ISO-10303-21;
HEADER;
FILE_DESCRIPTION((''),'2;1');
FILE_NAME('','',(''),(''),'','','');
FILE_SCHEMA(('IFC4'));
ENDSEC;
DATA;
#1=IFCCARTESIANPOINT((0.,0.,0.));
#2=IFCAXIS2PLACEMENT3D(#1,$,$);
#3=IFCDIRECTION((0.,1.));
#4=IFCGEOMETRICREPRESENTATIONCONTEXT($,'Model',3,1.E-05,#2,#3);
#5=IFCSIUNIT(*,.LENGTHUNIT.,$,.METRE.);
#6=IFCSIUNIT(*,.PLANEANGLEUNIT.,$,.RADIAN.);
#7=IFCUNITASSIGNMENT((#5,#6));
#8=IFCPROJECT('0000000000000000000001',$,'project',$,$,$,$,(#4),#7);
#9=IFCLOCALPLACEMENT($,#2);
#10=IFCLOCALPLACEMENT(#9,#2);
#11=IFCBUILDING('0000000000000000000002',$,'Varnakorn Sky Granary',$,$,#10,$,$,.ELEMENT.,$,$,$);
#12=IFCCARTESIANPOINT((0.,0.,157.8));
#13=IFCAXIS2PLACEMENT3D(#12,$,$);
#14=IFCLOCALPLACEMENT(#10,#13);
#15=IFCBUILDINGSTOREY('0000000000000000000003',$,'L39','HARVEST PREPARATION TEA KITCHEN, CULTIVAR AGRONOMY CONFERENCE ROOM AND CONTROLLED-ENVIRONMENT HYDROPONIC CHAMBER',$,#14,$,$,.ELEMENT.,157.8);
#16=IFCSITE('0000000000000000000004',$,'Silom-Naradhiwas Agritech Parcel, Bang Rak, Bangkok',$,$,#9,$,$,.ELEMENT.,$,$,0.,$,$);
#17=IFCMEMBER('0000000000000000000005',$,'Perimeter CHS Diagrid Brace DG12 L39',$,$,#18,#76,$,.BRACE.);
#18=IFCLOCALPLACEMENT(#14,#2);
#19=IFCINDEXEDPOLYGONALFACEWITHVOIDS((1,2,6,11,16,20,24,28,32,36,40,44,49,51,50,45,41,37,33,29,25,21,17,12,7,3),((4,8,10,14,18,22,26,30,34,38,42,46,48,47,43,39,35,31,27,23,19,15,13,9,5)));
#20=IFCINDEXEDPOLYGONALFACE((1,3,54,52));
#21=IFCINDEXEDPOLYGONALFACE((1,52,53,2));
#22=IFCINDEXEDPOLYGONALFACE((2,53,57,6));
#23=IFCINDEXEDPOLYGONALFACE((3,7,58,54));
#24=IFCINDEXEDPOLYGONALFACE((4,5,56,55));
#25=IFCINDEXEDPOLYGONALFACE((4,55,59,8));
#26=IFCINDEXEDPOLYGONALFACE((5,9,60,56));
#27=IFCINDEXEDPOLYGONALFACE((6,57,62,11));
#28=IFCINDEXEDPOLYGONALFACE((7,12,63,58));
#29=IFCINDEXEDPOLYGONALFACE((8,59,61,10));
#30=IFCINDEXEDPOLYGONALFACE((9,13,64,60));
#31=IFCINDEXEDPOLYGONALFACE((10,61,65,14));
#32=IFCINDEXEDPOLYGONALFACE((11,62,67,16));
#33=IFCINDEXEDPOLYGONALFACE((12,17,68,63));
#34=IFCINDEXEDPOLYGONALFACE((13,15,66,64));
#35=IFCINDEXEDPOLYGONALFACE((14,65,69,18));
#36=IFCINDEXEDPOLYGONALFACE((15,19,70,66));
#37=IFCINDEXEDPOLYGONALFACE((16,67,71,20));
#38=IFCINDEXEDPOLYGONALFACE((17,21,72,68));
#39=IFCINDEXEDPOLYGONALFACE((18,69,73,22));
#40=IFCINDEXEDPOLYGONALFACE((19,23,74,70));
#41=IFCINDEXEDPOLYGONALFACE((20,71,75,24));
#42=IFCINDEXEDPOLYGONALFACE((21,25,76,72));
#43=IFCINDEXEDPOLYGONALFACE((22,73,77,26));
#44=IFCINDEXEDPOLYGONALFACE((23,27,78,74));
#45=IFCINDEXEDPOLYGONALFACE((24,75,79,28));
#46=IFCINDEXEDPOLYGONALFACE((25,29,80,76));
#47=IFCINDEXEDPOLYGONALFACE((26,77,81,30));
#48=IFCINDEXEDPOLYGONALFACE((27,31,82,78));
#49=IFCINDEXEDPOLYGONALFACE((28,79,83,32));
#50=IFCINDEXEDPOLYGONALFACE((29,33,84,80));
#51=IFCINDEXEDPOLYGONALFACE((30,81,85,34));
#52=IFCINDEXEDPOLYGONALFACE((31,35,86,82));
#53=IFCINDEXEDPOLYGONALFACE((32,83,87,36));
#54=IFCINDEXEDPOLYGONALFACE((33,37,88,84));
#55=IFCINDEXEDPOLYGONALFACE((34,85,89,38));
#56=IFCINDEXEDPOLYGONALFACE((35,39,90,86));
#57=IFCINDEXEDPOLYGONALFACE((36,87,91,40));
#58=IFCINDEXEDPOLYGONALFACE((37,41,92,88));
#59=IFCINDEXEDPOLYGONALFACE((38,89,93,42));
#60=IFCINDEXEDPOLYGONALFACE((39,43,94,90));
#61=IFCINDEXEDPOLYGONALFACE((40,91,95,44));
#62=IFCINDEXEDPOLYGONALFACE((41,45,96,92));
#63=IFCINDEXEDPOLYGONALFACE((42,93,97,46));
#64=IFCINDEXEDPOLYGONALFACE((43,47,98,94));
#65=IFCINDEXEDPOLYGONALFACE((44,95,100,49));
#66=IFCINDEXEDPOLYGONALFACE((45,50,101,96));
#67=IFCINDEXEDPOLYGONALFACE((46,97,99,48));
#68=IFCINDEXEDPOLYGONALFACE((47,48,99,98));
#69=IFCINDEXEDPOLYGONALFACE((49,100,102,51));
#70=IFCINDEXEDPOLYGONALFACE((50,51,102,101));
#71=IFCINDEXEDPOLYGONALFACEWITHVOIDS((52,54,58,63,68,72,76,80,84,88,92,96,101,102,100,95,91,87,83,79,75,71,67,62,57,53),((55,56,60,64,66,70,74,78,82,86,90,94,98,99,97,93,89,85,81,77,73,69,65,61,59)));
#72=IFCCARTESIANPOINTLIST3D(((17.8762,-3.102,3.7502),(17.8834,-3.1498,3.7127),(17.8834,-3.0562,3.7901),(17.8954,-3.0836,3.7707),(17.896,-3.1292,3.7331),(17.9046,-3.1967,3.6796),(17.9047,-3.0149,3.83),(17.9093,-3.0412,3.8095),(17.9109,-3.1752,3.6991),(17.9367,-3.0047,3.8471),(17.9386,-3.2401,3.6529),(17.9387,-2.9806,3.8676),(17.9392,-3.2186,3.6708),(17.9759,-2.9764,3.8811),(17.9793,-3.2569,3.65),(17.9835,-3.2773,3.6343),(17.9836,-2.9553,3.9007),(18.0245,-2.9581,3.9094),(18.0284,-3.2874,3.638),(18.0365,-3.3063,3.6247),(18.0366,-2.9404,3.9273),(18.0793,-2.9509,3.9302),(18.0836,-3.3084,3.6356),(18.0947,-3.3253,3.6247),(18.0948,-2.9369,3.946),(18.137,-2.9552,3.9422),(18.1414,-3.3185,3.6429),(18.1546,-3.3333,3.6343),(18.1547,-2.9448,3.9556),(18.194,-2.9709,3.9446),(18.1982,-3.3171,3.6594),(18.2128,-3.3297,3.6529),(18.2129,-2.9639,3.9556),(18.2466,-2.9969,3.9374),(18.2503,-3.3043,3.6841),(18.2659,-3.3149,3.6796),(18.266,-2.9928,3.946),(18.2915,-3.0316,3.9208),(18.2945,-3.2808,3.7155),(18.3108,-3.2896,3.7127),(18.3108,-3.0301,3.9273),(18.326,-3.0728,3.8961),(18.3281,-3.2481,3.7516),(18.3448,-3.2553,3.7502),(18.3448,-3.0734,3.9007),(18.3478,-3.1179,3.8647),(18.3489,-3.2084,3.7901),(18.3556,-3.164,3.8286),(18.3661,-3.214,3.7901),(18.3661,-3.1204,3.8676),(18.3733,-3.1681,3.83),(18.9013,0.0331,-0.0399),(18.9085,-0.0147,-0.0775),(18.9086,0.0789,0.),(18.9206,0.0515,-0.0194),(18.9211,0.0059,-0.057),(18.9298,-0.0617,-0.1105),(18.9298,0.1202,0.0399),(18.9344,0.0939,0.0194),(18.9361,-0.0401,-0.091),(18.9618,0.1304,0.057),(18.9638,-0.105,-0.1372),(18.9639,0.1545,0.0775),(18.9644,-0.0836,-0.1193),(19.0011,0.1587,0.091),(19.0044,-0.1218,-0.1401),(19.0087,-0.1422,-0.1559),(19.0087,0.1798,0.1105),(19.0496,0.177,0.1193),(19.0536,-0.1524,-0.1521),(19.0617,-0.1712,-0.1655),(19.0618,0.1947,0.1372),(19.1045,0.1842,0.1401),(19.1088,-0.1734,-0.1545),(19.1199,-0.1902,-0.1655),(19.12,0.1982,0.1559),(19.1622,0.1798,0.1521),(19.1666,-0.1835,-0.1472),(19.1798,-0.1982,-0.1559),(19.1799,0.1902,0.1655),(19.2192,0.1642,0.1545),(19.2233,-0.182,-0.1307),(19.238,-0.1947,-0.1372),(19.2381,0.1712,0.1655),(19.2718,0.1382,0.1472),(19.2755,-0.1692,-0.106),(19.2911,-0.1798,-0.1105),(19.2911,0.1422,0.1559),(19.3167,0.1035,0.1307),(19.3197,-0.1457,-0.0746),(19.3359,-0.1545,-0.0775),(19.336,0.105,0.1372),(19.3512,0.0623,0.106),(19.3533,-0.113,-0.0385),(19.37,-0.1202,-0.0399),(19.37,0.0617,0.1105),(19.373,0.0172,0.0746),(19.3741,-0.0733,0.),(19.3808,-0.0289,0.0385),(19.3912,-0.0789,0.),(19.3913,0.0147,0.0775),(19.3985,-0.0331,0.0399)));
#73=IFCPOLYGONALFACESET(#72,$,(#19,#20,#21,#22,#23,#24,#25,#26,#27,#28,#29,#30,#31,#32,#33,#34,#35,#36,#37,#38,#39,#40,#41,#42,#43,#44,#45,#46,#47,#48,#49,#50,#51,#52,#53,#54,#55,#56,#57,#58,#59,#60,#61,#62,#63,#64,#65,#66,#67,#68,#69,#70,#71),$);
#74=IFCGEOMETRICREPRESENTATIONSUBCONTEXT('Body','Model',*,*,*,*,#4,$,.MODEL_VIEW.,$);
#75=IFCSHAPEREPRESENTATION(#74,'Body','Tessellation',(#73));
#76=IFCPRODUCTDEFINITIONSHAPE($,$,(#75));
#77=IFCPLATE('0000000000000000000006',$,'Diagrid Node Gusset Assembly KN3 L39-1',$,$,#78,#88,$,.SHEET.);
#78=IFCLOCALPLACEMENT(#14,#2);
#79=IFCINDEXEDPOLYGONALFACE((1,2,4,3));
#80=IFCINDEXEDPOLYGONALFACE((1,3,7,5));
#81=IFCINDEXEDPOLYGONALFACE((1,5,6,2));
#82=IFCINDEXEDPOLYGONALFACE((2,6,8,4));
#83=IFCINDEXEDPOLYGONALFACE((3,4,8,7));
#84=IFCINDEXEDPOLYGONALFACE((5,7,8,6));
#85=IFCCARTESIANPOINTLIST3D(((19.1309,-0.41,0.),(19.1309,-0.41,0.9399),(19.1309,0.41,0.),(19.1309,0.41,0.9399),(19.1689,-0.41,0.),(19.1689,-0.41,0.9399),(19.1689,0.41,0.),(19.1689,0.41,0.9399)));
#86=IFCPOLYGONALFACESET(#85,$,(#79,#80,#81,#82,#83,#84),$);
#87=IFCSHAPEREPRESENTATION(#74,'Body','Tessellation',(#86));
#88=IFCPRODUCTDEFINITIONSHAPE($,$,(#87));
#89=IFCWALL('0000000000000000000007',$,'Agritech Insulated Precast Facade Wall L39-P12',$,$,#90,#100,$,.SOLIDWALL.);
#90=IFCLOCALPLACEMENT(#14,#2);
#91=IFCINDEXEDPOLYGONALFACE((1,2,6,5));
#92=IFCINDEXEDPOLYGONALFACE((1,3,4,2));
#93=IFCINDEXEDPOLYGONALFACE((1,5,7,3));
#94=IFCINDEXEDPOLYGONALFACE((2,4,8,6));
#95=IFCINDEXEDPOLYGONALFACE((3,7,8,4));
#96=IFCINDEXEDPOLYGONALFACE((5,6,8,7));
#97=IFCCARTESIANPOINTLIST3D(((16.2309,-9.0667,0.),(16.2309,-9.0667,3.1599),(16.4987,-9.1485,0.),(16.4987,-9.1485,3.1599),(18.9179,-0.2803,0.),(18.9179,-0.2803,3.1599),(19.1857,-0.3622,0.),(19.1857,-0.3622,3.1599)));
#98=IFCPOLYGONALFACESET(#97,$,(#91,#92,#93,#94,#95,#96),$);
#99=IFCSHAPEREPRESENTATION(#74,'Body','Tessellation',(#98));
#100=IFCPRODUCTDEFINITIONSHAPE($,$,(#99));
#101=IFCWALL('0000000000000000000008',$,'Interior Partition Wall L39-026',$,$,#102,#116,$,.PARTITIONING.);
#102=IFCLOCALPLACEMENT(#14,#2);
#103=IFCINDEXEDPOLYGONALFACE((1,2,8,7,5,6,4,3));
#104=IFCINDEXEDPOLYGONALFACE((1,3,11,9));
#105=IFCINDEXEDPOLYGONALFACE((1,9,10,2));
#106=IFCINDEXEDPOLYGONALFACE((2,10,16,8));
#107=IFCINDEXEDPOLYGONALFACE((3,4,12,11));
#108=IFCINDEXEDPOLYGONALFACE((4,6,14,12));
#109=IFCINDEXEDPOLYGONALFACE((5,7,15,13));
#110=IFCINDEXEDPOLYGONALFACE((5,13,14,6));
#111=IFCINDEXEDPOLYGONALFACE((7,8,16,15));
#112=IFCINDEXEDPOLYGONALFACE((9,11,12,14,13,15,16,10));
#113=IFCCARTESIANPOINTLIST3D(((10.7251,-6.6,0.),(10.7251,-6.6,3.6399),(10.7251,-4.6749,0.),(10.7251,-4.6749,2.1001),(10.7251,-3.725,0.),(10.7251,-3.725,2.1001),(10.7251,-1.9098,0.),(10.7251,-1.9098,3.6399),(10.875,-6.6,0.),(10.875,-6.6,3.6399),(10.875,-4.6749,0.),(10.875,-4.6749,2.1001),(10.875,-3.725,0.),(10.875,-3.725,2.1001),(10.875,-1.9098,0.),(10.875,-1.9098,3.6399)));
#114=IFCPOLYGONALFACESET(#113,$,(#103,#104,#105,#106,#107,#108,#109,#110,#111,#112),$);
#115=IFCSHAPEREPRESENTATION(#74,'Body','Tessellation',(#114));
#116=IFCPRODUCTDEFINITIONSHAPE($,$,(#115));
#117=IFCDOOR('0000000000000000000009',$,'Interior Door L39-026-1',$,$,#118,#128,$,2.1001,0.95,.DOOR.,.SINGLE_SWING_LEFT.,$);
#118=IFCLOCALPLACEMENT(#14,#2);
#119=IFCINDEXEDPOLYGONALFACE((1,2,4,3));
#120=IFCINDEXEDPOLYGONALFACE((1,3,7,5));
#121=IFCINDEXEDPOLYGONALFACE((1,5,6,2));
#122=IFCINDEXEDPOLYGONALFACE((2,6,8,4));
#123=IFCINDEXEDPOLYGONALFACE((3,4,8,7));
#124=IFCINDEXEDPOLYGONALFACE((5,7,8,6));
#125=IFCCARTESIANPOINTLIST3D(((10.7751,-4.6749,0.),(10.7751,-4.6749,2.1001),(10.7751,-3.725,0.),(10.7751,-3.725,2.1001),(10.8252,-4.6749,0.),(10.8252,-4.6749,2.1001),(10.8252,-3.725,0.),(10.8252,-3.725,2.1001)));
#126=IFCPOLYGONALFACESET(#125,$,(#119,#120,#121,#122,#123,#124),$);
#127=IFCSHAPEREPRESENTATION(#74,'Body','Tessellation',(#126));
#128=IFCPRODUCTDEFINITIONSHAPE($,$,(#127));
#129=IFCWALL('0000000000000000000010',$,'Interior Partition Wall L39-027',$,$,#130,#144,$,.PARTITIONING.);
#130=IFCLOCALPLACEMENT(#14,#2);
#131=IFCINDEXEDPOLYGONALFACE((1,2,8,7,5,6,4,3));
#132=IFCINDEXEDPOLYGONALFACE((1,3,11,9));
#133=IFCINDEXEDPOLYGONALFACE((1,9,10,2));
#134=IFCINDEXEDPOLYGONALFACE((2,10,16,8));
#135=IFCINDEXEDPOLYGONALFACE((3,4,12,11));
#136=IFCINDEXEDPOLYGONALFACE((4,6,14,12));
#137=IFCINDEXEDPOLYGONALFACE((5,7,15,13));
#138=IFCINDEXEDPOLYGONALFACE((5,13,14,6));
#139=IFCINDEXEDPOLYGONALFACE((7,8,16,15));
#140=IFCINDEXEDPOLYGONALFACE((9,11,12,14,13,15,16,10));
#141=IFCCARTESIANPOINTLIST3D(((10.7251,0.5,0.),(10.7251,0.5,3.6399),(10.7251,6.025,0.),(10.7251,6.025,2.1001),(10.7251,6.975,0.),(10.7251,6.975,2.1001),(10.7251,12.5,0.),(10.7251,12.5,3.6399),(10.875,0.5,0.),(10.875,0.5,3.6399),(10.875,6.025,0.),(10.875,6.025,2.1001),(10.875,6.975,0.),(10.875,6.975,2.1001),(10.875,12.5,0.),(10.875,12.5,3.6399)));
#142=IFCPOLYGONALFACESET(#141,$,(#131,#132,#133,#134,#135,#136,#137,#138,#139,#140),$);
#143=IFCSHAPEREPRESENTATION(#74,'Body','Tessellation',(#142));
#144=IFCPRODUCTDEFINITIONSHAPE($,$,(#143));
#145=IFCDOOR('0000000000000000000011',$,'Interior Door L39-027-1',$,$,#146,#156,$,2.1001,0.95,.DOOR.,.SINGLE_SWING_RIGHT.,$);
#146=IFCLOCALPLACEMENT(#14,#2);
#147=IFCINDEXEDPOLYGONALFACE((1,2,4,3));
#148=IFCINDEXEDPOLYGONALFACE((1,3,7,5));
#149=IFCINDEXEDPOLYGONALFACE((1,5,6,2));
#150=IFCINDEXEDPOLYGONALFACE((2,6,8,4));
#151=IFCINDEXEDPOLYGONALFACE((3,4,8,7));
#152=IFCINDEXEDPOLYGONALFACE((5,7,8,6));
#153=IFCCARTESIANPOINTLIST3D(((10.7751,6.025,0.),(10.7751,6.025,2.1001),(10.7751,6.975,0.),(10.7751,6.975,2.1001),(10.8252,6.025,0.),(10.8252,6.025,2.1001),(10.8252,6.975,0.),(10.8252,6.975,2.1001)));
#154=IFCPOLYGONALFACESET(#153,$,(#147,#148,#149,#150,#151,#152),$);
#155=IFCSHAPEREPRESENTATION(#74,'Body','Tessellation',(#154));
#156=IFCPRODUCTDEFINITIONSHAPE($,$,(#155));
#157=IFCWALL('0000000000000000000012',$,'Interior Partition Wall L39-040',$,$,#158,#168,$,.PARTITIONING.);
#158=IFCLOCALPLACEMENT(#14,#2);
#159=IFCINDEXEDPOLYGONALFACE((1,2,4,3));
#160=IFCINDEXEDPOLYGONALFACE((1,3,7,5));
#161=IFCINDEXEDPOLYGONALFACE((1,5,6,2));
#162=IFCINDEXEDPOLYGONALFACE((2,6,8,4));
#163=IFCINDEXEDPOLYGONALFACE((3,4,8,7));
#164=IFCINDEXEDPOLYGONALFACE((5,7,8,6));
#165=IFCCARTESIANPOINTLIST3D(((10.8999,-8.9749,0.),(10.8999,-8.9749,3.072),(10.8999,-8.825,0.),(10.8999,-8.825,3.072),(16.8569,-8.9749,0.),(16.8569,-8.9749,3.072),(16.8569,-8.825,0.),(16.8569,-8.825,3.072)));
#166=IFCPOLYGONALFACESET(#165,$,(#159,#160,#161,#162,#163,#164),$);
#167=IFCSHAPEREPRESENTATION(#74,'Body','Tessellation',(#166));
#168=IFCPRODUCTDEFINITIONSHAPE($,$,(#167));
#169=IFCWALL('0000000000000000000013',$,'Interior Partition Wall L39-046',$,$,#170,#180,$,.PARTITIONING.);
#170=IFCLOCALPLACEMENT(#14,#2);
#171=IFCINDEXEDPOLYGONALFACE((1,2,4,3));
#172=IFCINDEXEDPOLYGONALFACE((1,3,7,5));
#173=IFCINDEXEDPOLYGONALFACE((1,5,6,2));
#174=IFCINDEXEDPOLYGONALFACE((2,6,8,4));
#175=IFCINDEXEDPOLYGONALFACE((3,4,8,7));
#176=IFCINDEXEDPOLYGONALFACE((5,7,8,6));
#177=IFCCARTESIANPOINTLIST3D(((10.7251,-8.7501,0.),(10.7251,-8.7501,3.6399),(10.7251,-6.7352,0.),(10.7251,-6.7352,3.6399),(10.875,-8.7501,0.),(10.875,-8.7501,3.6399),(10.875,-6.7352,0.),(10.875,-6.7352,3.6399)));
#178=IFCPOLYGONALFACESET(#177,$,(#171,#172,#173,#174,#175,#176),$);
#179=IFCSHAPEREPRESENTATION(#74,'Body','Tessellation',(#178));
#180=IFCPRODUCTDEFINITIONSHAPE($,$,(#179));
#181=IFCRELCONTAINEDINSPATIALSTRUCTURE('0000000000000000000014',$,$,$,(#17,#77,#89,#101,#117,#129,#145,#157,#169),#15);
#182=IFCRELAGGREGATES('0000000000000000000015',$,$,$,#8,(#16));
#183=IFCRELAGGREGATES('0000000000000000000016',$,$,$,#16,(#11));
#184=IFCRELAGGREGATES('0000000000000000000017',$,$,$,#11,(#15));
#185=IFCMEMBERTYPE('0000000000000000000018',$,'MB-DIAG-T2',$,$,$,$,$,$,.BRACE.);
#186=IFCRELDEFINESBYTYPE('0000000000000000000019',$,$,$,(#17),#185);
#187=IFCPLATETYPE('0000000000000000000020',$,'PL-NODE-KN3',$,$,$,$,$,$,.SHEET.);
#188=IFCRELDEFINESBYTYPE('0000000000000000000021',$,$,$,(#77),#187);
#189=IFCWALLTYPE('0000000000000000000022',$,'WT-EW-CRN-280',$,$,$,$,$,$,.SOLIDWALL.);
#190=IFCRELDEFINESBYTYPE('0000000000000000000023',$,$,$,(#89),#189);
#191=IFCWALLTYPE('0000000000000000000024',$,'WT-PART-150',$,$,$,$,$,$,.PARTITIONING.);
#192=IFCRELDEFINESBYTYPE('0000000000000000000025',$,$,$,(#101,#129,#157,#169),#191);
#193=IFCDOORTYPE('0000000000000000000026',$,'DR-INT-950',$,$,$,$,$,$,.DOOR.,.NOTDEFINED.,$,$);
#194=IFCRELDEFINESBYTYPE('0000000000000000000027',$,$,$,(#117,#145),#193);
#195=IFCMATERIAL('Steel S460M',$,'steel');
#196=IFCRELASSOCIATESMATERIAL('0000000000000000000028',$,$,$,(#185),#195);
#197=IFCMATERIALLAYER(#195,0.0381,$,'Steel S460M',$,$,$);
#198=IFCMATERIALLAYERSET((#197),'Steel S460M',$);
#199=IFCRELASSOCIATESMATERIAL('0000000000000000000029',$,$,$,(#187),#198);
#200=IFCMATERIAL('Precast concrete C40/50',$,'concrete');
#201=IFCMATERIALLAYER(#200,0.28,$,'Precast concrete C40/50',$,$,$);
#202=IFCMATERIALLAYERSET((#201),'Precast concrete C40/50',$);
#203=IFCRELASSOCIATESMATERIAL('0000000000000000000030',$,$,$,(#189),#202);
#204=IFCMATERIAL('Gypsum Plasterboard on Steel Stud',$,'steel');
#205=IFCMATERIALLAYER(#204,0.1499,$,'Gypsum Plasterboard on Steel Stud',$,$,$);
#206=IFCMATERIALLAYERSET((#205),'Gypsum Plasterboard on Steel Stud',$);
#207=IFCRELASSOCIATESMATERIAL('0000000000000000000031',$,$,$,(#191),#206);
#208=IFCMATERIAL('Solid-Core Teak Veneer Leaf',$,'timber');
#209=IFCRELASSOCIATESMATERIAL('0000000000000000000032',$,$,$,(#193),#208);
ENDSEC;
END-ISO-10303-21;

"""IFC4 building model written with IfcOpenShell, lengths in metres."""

from ifc_helpers import new_model, si_unit, direction, frame, frame_2d, origin, origin_2d, place, context, subcontext, project, spatial, rectangle, hollow_circle, extrude, material, layer, layer_set, material_profile, profile_set, type_object, element, fill, save


model = new_model("IFC4")

# Units and contexts
model_context = context("Model", 3, precision=1e-05, world=origin(), true_north=direction((0.0, 1.0)))
body_context = subcontext(model_context, "Body", "Model", "MODEL_VIEW")
ifc_project = project(units=[si_unit("LENGTHUNIT", "METRE"), si_unit("PLANEANGLEUNIT", "RADIAN")], contexts=[model_context])

# Site, building, storey
site_placement = place(None, origin())
site = spatial("IfcSite", under=ifc_project, at=site_placement, Name="Silom-Naradhiwas Agritech Parcel, Bang Rak, Bangkok", CompositionType="ELEMENT", RefElevation=0.0)
building_placement = place(site_placement, origin())
building = spatial("IfcBuilding", under=site, at=building_placement, Name="Varnakorn Sky Granary", CompositionType="ELEMENT")
storey_placement = place(building_placement, frame((0.0, 0.0, 157.8)))
storey = spatial("IfcBuildingStorey", under=building, at=storey_placement, Name="L39", Description="HARVEST PREPARATION TEA KITCHEN, CULTIVAR AGRONOMY CONFERENCE ROOM AND CONTROLLED-ENVIRONMENT HYDROPONIC CHAMBER", CompositionType="ELEMENT", Elevation=157.8)

# Shared definitions
ifc_material_1 = material(Name="Steel S460M", Category="steel")

# Member
ifc_material_profile_1 = material_profile(ifc_material_1, hollow_circle(Radius=0.2539, WallThickness=0.0181, at=origin_2d()), Name="CHS 508x18")
ifc_profile_set_1 = profile_set([ifc_material_profile_1], Name="Steel S460M")
member_type_1 = type_object("IfcMemberType", Name="MB-DIAG-T2", PredefinedType="BRACE", material=ifc_profile_set_1)
for number, where, z_axis, x_axis, name in (
    (1, (19.1499, 0.0, 0.0), (-0.204038, -0.623969, 0.754341), (0.950474, -0.310804, 0.0), "Perimeter CHS Diagrid Brace DG12 L39"),
):
    element("IfcMember", number, at=place(storey_placement, frame(where, z_axis=z_axis, x_axis=x_axis)), inside=storey, type_object=member_type_1, Name=name, PredefinedType="BRACE", context=body_context, shape_type="SweptSolid", body=[
        extrude(hollow_circle(Radius=0.2539, WallThickness=0.0181, at=origin_2d()), origin(), (0.0, 0.0, 1.0), 5.0244),
    ])

# Plate
ifc_layer_1 = layer(ifc_material_1, 0.0381, Name="Steel S460M")
ifc_layer_set_1 = layer_set([ifc_layer_1], Name="Steel S460M")
plate_type = type_object("IfcPlateType", Name="PL-NODE-KN3", PredefinedType="SHEET", material=ifc_layer_set_1)
plate_placement = place(storey_placement, frame((19.1499, 0.0, 0.0), z_axis=(0.0, 0.0, 1.0), x_axis=(0.0, 1.0, 0.0)))
element("IfcPlate", 2, at=plate_placement, inside=storey, type_object=plate_type, Name="Diagrid Node Gusset Assembly KN3 L39-1", PredefinedType="SHEET", context=body_context, shape_type="SweptSolid", body=[
    extrude(rectangle(XDim=0.8201, YDim=0.0381, at=origin_2d()), origin(), (0.0, 0.0, 1.0), 0.9399),
])

# Wall
ifc_material_2 = material(Name="Precast concrete C40/50", Category="concrete")
ifc_layer_2 = layer(ifc_material_2, 0.28, Name="Precast concrete C40/50")
ifc_layer_set_2 = layer_set([ifc_layer_2], Name="Precast concrete C40/50")
wall_type_1 = type_object("IfcWallType", Name="WT-EW-CRN-280", PredefinedType="SOLIDWALL", material=ifc_layer_set_2)
wall_1_placement = place(storey_placement, frame((19.0518, -0.3213, 0.0), z_axis=(0.0, 0.0, 1.0), x_axis=(-0.292446, -0.956282, 0.0)))
element("IfcWall", 3, at=wall_1_placement, inside=storey, type_object=wall_type_1, Name="Agritech Insulated Precast Facade Wall L39-P12", PredefinedType="SOLIDWALL", context=body_context, shape_type="SweptSolid", body=[
    extrude(rectangle(XDim=9.188, YDim=0.28, at=frame_2d((4.594, 0.0))), origin(), (0.0, 0.0, 1.0), 3.1599),
])

# Walls, openings, doors
ifc_material_3 = material(Name="Gypsum Plasterboard on Steel Stud", Category="steel")
ifc_layer_3 = layer(ifc_material_3, 0.1499, Name="Gypsum Plasterboard on Steel Stud")
ifc_layer_set_3 = layer_set([ifc_layer_3], Name="Gypsum Plasterboard on Steel Stud")
wall_type_2 = type_object("IfcWallType", Name="WT-PART-150", PredefinedType="PARTITIONING", material=ifc_layer_set_3)
wall_2_placement = place(storey_placement, frame((10.8, -6.6001, 0.0), z_axis=(0.0, 0.0, 1.0), x_axis=(0.0, 1.0, 0.0)))
wall_2 = element("IfcWall", 4, at=wall_2_placement, inside=storey, type_object=wall_type_2, Name="Interior Partition Wall L39-026", PredefinedType="PARTITIONING", context=body_context, shape_type="SweptSolid", body=[
    extrude(rectangle(XDim=4.6902, YDim=0.1499, at=frame_2d((2.3452, 0.0))), origin(), (0.0, 0.0, 1.0), 3.6399),
])
opening_1_placement = place(wall_2_placement, frame((1.925, 0.0, 0.0)))
opening_1 = element("IfcOpeningElement", 5, at=opening_1_placement, cuts=wall_2, PredefinedType="OPENING", context=body_context, shape_type="SweptSolid", body=[
    extrude(rectangle(XDim=0.95, YDim=2.1001, at=frame_2d((0.4751, 1.05))), frame((0.0, 0.085, 0.0), z_axis=(0.0, -1.0, 0.0), x_axis=(1.0, 0.0, 0.0)), (0.0, 0.0, 1.0), 0.1699),
])
ifc_material_4 = material(Name="Solid-Core Teak Veneer Leaf", Category="timber")
door_type = type_object("IfcDoorType", Name="DR-INT-950", OperationType="NOTDEFINED", PredefinedType="DOOR", material=ifc_material_4)
door_1_placement = place(opening_1_placement, origin())
door_1 = element("IfcDoor", 6, at=door_1_placement, inside=storey, type_object=door_type, Name="Interior Door L39-026-1", OperationType="SINGLE_SWING_LEFT", OverallHeight=2.1001, OverallWidth=0.95, PredefinedType="DOOR", context=body_context, shape_type="SweptSolid", body=[
    extrude(rectangle(XDim=0.95, YDim=2.1001, at=frame_2d((0.4751, 1.05))), frame((0.0, 0.0249, 0.0), z_axis=(0.0, -1.0, 0.0), x_axis=(1.0, 0.0, 0.0)), (0.0, 0.0, 1.0), 0.05),
])
fill(opening_1, door_1)
wall_3_placement = place(storey_placement, frame((10.8, 0.5, 0.0), z_axis=(0.0, 0.0, 1.0), x_axis=(0.0, 1.0, 0.0)))
wall_3 = element("IfcWall", 7, at=wall_3_placement, inside=storey, type_object=wall_type_2, Name="Interior Partition Wall L39-027", PredefinedType="PARTITIONING", context=body_context, shape_type="SweptSolid", body=[
    extrude(rectangle(XDim=12.0, YDim=0.1499, at=frame_2d((6.0, 0.0))), origin(), (0.0, 0.0, 1.0), 3.6399),
])
opening_2_placement = place(wall_3_placement, frame((5.5249, 0.0, 0.0)))
opening_2 = element("IfcOpeningElement", 8, at=opening_2_placement, cuts=wall_3, PredefinedType="OPENING", context=body_context, shape_type="SweptSolid", body=[
    extrude(rectangle(XDim=0.95, YDim=2.1001, at=frame_2d((0.4751, 1.05))), frame((0.0, 0.085, 0.0), z_axis=(0.0, -1.0, 0.0), x_axis=(1.0, 0.0, 0.0)), (0.0, 0.0, 1.0), 0.1699),
])
door_2_placement = place(opening_2_placement, origin())
door_2 = element("IfcDoor", 9, at=door_2_placement, inside=storey, type_object=door_type, Name="Interior Door L39-027-1", OperationType="SINGLE_SWING_RIGHT", OverallHeight=2.1001, OverallWidth=0.95, PredefinedType="DOOR", context=body_context, shape_type="SweptSolid", body=[
    extrude(rectangle(XDim=0.95, YDim=2.1001, at=frame_2d((0.4751, 1.05))), frame((0.0, 0.0249, 0.0), z_axis=(0.0, -1.0, 0.0), x_axis=(1.0, 0.0, 0.0)), (0.0, 0.0, 1.0), 0.05),
])
fill(opening_2, door_2)

# Walls
wall_4_placement = place(storey_placement, frame((10.8999, -8.8999, 0.0), z_axis=(0.0, 0.0, 1.0), x_axis=(1.0, 0.0, 0.0)))
element("IfcWall", 10, at=wall_4_placement, inside=storey, type_object=wall_type_2, Name="Interior Partition Wall L39-040", PredefinedType="PARTITIONING", context=body_context, shape_type="SweptSolid", body=[
    extrude(rectangle(XDim=5.957, YDim=0.1499, at=frame_2d((2.9785, 0.0))), origin(), (0.0, 0.0, 1.0), 3.072),
])
wall_5_placement = place(storey_placement, frame((10.8, -8.75, 0.0), z_axis=(0.0, 0.0, 1.0), x_axis=(0.0, 1.0, 0.0)))
element("IfcWall", 11, at=wall_5_placement, inside=storey, type_object=wall_type_2, Name="Interior Partition Wall L39-046", PredefinedType="PARTITIONING", context=body_context, shape_type="SweptSolid", body=[
    extrude(rectangle(XDim=2.0149, YDim=0.1499, at=frame_2d((1.0073, 0.0))), origin(), (0.0, 0.0, 1.0), 3.6399),
])

save(model, "model.ifc")
